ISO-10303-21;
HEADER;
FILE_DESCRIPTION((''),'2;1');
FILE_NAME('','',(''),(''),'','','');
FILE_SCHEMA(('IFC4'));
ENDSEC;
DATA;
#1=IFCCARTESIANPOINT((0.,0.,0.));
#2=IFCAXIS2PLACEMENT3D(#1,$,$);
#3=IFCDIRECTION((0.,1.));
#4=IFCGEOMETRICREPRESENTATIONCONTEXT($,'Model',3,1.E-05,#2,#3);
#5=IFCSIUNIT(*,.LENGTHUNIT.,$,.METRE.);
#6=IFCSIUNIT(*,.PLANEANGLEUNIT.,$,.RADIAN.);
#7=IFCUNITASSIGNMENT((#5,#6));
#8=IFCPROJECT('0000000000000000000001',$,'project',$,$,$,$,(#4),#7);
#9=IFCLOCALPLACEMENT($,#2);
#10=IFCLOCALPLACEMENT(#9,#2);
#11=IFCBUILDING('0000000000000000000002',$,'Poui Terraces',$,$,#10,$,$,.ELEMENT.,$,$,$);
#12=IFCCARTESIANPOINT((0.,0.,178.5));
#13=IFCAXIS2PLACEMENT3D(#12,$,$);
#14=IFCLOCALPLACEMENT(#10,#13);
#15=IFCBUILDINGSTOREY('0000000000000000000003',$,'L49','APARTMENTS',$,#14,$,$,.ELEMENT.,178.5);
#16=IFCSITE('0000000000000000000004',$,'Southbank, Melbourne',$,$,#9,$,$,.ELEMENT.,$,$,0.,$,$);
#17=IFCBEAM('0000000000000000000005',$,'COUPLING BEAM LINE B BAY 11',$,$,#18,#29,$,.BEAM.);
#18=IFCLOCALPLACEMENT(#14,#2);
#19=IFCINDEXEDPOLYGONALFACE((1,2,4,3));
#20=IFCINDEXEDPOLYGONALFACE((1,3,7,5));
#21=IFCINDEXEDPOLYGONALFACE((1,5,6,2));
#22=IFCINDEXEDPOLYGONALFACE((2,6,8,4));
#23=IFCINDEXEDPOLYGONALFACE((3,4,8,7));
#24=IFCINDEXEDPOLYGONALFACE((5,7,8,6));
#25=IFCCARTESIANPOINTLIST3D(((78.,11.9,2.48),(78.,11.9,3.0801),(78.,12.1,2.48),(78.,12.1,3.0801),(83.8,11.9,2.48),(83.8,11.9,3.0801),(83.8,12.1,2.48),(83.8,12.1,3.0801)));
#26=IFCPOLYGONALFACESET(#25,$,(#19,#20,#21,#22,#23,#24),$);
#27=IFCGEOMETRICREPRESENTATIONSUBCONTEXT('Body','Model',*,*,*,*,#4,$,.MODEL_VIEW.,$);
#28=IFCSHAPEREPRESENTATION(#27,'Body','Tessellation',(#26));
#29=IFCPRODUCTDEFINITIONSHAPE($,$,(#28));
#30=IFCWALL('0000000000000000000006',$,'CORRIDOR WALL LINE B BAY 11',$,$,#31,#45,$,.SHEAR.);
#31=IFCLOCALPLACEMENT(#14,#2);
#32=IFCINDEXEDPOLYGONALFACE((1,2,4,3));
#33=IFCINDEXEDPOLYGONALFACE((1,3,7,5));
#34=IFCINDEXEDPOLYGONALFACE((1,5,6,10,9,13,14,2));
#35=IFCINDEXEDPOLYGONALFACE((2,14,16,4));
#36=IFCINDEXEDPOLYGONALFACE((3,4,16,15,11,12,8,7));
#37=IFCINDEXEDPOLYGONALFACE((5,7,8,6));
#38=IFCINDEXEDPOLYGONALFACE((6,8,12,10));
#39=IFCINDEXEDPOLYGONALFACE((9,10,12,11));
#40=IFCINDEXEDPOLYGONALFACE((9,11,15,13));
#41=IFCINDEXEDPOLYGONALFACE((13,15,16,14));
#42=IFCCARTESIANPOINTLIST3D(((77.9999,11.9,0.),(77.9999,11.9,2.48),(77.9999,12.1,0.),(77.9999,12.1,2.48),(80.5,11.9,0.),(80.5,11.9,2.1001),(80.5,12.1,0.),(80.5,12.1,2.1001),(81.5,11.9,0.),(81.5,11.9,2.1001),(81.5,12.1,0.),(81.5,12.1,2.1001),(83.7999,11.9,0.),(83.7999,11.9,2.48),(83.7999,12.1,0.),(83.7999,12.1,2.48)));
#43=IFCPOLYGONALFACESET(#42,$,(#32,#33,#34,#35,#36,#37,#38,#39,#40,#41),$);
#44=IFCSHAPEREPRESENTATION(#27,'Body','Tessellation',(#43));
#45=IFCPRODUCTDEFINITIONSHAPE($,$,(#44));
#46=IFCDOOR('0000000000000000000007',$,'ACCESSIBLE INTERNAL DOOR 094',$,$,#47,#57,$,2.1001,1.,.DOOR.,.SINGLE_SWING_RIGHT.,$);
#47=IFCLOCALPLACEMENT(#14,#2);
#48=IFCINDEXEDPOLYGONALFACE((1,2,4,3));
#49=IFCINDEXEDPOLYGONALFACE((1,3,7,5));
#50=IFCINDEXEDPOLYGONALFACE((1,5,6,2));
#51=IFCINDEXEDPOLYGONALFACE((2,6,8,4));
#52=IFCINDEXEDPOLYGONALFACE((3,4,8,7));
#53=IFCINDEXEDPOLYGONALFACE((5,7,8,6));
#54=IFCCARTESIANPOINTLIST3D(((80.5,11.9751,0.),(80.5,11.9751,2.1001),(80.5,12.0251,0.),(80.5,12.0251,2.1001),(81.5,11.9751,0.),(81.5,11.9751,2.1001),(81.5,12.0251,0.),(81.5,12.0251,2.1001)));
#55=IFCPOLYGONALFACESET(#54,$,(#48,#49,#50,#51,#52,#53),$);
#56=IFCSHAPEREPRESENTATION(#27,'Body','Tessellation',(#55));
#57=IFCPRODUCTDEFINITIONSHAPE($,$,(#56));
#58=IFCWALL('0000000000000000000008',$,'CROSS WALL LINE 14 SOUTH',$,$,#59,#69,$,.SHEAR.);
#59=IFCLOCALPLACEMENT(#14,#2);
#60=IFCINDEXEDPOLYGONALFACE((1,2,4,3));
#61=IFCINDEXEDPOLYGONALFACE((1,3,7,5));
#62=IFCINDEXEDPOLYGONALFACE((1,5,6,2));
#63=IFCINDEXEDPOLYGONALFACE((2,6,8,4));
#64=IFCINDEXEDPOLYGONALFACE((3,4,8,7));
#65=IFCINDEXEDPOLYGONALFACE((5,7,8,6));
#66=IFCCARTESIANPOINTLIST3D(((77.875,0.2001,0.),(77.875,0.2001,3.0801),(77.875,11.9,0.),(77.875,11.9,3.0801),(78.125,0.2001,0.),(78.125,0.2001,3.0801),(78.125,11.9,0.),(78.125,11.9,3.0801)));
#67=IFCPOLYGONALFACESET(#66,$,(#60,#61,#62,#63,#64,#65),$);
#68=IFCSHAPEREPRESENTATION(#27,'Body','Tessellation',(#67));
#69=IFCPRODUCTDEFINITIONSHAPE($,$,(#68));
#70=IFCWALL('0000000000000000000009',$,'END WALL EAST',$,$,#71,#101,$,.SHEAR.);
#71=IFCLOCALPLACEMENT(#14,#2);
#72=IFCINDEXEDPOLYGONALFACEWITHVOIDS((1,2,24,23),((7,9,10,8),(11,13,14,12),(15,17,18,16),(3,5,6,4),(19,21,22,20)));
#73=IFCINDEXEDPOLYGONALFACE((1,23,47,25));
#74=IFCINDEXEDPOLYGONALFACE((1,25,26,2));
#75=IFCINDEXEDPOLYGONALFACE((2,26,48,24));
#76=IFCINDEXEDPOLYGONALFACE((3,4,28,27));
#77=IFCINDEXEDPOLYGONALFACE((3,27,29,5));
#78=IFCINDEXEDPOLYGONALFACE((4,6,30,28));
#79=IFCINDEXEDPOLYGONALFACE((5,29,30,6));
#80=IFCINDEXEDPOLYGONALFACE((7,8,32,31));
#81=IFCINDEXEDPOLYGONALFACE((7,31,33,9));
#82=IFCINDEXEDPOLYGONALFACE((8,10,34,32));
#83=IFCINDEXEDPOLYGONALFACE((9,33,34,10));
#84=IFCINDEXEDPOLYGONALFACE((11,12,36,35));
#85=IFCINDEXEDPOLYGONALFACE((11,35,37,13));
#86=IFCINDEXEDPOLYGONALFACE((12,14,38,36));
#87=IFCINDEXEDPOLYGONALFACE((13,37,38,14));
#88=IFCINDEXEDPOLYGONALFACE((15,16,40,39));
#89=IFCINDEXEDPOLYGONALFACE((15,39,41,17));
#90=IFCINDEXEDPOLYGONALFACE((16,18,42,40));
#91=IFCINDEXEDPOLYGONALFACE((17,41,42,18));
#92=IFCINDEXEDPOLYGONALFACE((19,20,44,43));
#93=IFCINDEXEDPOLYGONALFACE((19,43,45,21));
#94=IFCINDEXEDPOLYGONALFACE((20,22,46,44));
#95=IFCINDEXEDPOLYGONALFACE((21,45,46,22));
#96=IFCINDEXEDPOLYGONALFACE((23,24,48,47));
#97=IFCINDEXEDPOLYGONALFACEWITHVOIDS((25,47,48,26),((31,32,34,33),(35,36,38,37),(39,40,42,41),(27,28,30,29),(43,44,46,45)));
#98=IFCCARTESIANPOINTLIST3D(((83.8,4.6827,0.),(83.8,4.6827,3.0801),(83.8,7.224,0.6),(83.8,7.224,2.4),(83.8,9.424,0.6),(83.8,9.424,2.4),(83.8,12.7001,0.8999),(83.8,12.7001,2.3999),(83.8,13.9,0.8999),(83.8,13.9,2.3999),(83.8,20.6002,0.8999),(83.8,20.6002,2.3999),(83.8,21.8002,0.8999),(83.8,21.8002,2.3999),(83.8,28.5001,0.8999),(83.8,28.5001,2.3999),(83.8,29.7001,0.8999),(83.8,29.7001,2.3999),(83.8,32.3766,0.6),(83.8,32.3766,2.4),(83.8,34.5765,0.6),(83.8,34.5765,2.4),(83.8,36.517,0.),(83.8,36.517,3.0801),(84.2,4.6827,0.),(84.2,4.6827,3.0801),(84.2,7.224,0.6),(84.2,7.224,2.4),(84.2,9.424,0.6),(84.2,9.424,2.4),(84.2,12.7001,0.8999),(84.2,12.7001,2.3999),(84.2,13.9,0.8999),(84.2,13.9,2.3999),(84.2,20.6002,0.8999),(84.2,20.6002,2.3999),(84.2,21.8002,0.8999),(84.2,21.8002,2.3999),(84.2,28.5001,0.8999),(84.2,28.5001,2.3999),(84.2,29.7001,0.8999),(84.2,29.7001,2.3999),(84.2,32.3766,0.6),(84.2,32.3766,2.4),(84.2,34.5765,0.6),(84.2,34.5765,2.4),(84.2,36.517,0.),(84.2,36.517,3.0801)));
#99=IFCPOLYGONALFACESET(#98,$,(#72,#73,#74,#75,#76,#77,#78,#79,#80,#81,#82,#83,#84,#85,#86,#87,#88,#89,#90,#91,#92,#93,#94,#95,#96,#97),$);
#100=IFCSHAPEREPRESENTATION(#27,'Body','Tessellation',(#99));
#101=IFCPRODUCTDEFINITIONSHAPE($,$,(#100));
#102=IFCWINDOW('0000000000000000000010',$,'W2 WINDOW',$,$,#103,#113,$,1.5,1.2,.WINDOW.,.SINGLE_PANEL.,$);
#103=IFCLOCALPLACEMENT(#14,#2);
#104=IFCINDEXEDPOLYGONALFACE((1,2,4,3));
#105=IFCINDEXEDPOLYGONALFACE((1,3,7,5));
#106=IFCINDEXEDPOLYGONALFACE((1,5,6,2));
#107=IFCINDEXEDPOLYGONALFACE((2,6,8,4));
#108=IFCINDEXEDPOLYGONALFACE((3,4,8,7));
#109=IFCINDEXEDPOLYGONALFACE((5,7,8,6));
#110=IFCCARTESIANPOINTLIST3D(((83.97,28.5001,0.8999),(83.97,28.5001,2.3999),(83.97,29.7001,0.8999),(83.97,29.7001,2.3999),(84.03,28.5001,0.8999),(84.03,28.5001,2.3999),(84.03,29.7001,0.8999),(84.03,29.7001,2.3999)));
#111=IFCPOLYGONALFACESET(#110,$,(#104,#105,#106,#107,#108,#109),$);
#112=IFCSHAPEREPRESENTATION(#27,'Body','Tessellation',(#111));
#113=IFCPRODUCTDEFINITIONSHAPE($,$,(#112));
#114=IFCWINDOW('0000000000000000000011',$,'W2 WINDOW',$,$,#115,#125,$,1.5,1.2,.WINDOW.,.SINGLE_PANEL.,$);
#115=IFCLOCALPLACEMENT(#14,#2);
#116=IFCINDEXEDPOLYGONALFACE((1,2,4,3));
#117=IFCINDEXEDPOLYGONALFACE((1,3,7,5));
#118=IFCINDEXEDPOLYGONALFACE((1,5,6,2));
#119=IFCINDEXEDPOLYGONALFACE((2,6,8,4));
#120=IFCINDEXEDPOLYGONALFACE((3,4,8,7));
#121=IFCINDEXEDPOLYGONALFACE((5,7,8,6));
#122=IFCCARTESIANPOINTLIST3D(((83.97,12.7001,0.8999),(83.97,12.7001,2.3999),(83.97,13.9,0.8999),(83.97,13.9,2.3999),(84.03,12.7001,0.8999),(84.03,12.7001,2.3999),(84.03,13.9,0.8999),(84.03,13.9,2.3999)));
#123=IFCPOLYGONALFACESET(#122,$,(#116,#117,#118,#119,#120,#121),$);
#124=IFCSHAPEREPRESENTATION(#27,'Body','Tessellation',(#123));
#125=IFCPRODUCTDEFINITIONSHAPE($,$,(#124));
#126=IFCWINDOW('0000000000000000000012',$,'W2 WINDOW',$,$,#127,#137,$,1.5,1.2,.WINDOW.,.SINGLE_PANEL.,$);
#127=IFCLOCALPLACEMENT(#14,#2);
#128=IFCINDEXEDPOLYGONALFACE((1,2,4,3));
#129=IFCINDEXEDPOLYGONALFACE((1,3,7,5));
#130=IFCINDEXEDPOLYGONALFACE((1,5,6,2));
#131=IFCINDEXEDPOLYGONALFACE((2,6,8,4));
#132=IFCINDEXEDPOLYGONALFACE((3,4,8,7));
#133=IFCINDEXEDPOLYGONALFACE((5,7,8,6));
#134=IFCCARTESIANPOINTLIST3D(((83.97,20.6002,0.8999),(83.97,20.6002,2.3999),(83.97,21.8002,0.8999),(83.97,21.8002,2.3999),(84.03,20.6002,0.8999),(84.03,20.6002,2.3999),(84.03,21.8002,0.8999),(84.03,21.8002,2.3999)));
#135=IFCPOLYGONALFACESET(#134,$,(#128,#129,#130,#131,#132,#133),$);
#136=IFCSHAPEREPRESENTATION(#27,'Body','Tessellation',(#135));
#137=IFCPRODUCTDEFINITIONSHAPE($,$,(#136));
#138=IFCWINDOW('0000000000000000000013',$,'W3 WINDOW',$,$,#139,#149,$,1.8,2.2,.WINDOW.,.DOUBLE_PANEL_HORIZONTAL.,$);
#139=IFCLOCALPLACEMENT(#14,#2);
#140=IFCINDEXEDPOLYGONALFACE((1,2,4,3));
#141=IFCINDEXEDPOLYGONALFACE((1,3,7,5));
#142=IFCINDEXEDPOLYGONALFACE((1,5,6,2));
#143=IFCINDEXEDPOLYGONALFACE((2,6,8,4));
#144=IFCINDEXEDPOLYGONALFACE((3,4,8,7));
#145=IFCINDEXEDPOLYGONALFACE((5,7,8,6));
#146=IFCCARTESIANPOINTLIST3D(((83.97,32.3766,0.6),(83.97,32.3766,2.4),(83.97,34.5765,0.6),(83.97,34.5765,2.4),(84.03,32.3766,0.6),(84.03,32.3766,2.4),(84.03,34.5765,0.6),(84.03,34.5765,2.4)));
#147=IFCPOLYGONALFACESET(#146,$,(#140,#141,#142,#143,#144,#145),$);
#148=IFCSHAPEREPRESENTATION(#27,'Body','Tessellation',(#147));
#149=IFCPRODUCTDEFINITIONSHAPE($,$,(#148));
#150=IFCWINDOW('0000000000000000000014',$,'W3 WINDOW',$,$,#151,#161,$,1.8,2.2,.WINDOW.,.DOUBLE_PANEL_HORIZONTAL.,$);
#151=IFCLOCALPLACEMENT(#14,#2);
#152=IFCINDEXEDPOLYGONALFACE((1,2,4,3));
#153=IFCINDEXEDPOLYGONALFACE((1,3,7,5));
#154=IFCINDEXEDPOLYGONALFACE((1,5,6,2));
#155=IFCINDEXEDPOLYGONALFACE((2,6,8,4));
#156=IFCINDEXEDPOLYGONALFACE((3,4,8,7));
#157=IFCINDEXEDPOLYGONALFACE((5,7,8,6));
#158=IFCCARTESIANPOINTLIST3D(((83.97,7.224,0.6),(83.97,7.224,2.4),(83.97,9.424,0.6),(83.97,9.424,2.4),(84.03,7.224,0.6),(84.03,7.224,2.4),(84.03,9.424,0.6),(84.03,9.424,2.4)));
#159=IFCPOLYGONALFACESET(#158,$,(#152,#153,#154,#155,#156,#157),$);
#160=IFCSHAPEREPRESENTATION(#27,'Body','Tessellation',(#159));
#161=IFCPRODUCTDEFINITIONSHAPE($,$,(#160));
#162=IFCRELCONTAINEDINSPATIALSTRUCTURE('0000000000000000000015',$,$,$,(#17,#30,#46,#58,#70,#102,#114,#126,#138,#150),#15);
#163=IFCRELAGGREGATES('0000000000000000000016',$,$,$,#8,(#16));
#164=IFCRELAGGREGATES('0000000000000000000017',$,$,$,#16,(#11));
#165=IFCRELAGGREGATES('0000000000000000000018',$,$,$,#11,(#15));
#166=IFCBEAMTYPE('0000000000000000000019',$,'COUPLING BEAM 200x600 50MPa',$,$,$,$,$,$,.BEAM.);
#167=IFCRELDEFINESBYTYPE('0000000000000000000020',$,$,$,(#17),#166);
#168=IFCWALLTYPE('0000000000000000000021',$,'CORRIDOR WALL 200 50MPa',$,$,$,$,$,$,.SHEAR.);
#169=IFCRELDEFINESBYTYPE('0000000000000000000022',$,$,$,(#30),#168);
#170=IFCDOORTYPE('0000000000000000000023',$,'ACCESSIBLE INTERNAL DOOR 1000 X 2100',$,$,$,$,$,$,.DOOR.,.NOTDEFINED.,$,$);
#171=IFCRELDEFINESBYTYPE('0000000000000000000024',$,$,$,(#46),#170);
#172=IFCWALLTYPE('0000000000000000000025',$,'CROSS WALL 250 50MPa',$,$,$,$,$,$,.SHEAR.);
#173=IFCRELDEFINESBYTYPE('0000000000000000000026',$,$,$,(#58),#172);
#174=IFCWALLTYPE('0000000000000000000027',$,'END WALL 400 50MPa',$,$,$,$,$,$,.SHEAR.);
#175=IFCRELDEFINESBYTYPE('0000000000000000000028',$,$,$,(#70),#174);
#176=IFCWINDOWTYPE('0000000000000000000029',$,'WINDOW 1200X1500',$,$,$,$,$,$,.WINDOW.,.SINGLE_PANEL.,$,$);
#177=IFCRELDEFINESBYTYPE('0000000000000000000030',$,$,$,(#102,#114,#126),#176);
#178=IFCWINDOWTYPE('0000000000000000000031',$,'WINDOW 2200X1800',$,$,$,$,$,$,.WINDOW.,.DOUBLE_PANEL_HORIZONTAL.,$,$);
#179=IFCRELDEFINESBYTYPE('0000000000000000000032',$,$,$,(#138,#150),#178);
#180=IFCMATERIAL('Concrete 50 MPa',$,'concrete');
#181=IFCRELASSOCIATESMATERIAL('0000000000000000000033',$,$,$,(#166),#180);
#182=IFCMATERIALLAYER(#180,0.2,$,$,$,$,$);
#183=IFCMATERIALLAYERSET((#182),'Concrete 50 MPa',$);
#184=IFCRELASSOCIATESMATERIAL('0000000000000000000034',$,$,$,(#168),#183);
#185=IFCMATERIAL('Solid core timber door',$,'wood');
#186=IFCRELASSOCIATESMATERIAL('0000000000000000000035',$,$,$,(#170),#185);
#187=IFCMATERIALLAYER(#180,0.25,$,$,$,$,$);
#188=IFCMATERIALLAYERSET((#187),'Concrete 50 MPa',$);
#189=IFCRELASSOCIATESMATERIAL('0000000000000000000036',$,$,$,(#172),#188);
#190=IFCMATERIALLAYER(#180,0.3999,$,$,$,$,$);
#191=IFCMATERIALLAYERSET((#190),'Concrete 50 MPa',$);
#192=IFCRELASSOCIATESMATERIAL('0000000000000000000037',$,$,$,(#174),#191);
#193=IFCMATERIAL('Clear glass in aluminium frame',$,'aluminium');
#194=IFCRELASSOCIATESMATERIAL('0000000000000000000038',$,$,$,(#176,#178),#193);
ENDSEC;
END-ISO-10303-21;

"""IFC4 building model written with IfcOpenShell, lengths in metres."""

from ifc_helpers import new_model, si_unit, direction, frame, frame_2d, origin, origin_2d, place, context, subcontext, project, spatial, rectangle, extrude, source, transform, mapped, material, layer, layer_set, material_profile, profile_set, type_object, element, fill, save


model = new_model("IFC4")

# Units and contexts
model_context = context("Model", 3, precision=1e-05, world=origin(), true_north=direction((0.0, 1.0)))
body_context = subcontext(model_context, "Body", "Model", "MODEL_VIEW")
ifc_project = project(units=[si_unit("LENGTHUNIT", "METRE"), si_unit("PLANEANGLEUNIT", "RADIAN")], contexts=[model_context])

# Site, building, storey
site_placement = place(None, origin())
site = spatial("IfcSite", under=ifc_project, at=site_placement, Name="Southbank, Melbourne", CompositionType="ELEMENT", RefElevation=0.0)
building_placement = place(site_placement, origin())
building = spatial("IfcBuilding", under=site, at=building_placement, Name="Poui Terraces", CompositionType="ELEMENT")
storey_placement = place(building_placement, frame((0.0, 0.0, 178.5)))
storey = spatial("IfcBuildingStorey", under=building, at=storey_placement, Name="L49", Description="APARTMENTS", CompositionType="ELEMENT", Elevation=178.5)

# Beam
ifc_material_1 = material(Name="Concrete 50 MPa", Category="concrete")
ifc_material_profile_1 = material_profile(ifc_material_1, rectangle(XDim=0.2, YDim=0.6001, at=origin_2d()), Name="RC 200x600")
ifc_profile_set_1 = profile_set([ifc_material_profile_1], Name="Concrete 50 MPa")
beam_type = type_object("IfcBeamType", Name="COUPLING BEAM 200x600 50MPa", PredefinedType="BEAM", material=ifc_profile_set_1)
shared_shape_1 = source(origin(), body_context, "Body", "SweptSolid", [
    extrude(rectangle(XDim=0.2, YDim=0.6001, at=origin_2d()), origin(), (0.0, 0.0, 1.0), 5.8),
])
beam_placement = place(storey_placement, frame((78.0, 12.0, 2.78), z_axis=(1.0, 0.0, 0.0), x_axis=(0.0, 1.0, 0.0)))
element("IfcBeam", 1, at=beam_placement, inside=storey, type_object=beam_type, Name="COUPLING BEAM LINE B BAY 11", PredefinedType="BEAM", context=body_context, shape_type="MappedRepresentation", body=[
    mapped(shared_shape_1, transform((0.0, 0.0, 0.0))),
])

# Wall, opening, door
ifc_layer_1 = layer(ifc_material_1, 0.2)
ifc_layer_set_1 = layer_set([ifc_layer_1], Name="Concrete 50 MPa")
wall_type_1 = type_object("IfcWallType", Name="CORRIDOR WALL 200 50MPa", PredefinedType="SHEAR", material=ifc_layer_set_1)
wall_1_placement = place(storey_placement, frame((78.0, 12.0, 0.0), z_axis=(0.0, 0.0, 1.0), x_axis=(1.0, 0.0, 0.0)))
wall_1 = element("IfcWall", 2, at=wall_1_placement, inside=storey, type_object=wall_type_1, Name="CORRIDOR WALL LINE B BAY 11", PredefinedType="SHEAR", context=body_context, shape_type="SweptSolid", body=[
    extrude(rectangle(XDim=5.8, YDim=0.2, at=frame_2d((2.8999, 0.0))), origin(), (0.0, 0.0, 1.0), 2.48),
])
opening_1_placement = place(wall_1_placement, frame((2.5, 0.0, 0.0)))
opening_1 = element("IfcOpeningElement", 3, at=opening_1_placement, cuts=wall_1, PredefinedType="OPENING", context=body_context, shape_type="SweptSolid", body=[
    extrude(rectangle(XDim=1.0, YDim=2.1001, at=frame_2d((0.5, 1.05))), frame((0.0, 0.1099, 0.0), z_axis=(0.0, -1.0, 0.0), x_axis=(1.0, 0.0, 0.0)), (0.0, 0.0, 1.0), 0.22),
])
ifc_material_2 = material(Name="Solid core timber door", Category="wood")
door_type_1 = type_object("IfcDoorType", Name="ACCESSIBLE INTERNAL DOOR 1000 X 2100", OperationType="NOTDEFINED", PredefinedType="DOOR", material=ifc_material_2)
door_1_placement = place(opening_1_placement, frame((1.0, 0.0, 0.0), z_axis=(0.0, 0.0, 1.0), x_axis=(-1.0, 0.0, 0.0)))
door_1 = element("IfcDoor", 4, at=door_1_placement, inside=storey, type_object=door_type_1, Name="ACCESSIBLE INTERNAL DOOR 094", OperationType="SINGLE_SWING_RIGHT", OverallHeight=2.1001, OverallWidth=1.0, PredefinedType="DOOR", context=body_context, shape_type="SweptSolid", body=[
    extrude(rectangle(XDim=1.0, YDim=2.1001, at=frame_2d((0.5, 1.05))), frame((0.0, 0.0249, 0.0), z_axis=(0.0, -1.0, 0.0), x_axis=(1.0, 0.0, 0.0)), (0.0, 0.0, 1.0), 0.05),
])
fill(opening_1, door_1)

# Wall
ifc_layer_2 = layer(ifc_material_1, 0.25)
ifc_layer_set_2 = layer_set([ifc_layer_2], Name="Concrete 50 MPa")
wall_type_2 = type_object("IfcWallType", Name="CROSS WALL 250 50MPa", PredefinedType="SHEAR", material=ifc_layer_set_2)
wall_2_placement = place(storey_placement, frame((78.0, 0.2, 0.0), z_axis=(0.0, 0.0, 1.0), x_axis=(0.0, 1.0, 0.0)))
element("IfcWall", 5, at=wall_2_placement, inside=storey, type_object=wall_type_2, Name="CROSS WALL LINE 14 SOUTH", PredefinedType="SHEAR", context=body_context, shape_type="SweptSolid", body=[
    extrude(rectangle(XDim=11.7, YDim=0.25, at=frame_2d((5.8501, 0.0))), origin(), (0.0, 0.0, 1.0), 3.0801),
])

# Wall, openings, windows
ifc_layer_3 = layer(ifc_material_1, 0.3999)
ifc_layer_set_3 = layer_set([ifc_layer_3], Name="Concrete 50 MPa")
wall_type_3 = type_object("IfcWallType", Name="END WALL 400 50MPa", PredefinedType="SHEAR", material=ifc_layer_set_3)
wall_3_placement = place(storey_placement, frame((84.0, 4.6829, 0.0), z_axis=(0.0, 0.0, 1.0), x_axis=(0.0, 1.0, 0.0)))
wall_3 = element("IfcWall", 6, at=wall_3_placement, inside=storey, type_object=wall_type_3, Name="END WALL EAST", PredefinedType="SHEAR", context=body_context, shape_type="SweptSolid", body=[
    extrude(rectangle(XDim=31.8342, YDim=0.3999, at=frame_2d((15.917, 0.0))), origin(), (0.0, 0.0, 1.0), 3.0801),
])
opening_2_placement = place(wall_3_placement, frame((23.8171, 0.0, 0.8999)))
opening_2 = element("IfcOpeningElement", 7, at=opening_2_placement, cuts=wall_3, PredefinedType="OPENING", context=body_context, shape_type="SweptSolid", body=[
    extrude(rectangle(XDim=1.2, YDim=1.5, at=frame_2d((0.6001, 0.75))), frame((0.0, 0.21, 0.0), z_axis=(0.0, -1.0, 0.0), x_axis=(1.0, 0.0, 0.0)), (0.0, 0.0, 1.0), 0.4199),
])
opening_3_placement = place(wall_3_placement, frame((8.0171, 0.0, 0.8999)))
opening_3 = element("IfcOpeningElement", 8, at=opening_3_placement, cuts=wall_3, PredefinedType="OPENING", context=body_context, shape_type="SweptSolid", body=[
    extrude(rectangle(XDim=1.2, YDim=1.5, at=frame_2d((0.6001, 0.75))), frame((0.0, 0.21, 0.0), z_axis=(0.0, -1.0, 0.0), x_axis=(1.0, 0.0, 0.0)), (0.0, 0.0, 1.0), 0.4199),
])
opening_4_placement = place(wall_3_placement, frame((27.6936, 0.0, 0.6001)))
opening_4 = element("IfcOpeningElement", 9, at=opening_4_placement, cuts=wall_3, PredefinedType="OPENING", context=body_context, shape_type="SweptSolid", body=[
    extrude(rectangle(XDim=2.2, YDim=1.8, at=frame_2d((1.1001, 0.8999))), frame((0.0, 0.21, 0.0), z_axis=(0.0, -1.0, 0.0), x_axis=(1.0, 0.0, 0.0)), (0.0, 0.0, 1.0), 0.4199),
])
opening_5_placement = place(wall_3_placement, frame((2.541, 0.0, 0.6001)))
opening_5 = element("IfcOpeningElement", 10, at=opening_5_placement, cuts=wall_3, PredefinedType="OPENING", context=body_context, shape_type="SweptSolid", body=[
    extrude(rectangle(XDim=2.2, YDim=1.8, at=frame_2d((1.1001, 0.8999))), frame((0.0, 0.21, 0.0), z_axis=(0.0, -1.0, 0.0), x_axis=(1.0, 0.0, 0.0)), (0.0, 0.0, 1.0), 0.4199),
])
opening_6_placement = place(wall_3_placement, frame((15.9172, 0.0, 0.8999)))
opening_6 = element("IfcOpeningElement", 11, at=opening_6_placement, cuts=wall_3, PredefinedType="OPENING", context=body_context, shape_type="SweptSolid", body=[
    extrude(rectangle(XDim=1.2, YDim=1.5, at=frame_2d((0.6001, 0.75))), frame((0.0, 0.21, 0.0), z_axis=(0.0, -1.0, 0.0), x_axis=(1.0, 0.0, 0.0)), (0.0, 0.0, 1.0), 0.4199),
])
ifc_material_3 = material(Name="Clear glass in aluminium frame", Category="aluminium")
window_type_1 = type_object("IfcWindowType", Name="WINDOW 1200X1500", PartitioningType="SINGLE_PANEL", PredefinedType="WINDOW", material=ifc_material_3)
window_1_placement = place(opening_2_placement, origin())
window_1 = element("IfcWindow", 12, at=window_1_placement, inside=storey, type_object=window_type_1, Name="W2 WINDOW", OverallHeight=1.5, OverallWidth=1.2, PartitioningType="SINGLE_PANEL", PredefinedType="WINDOW", context=body_context, shape_type="SweptSolid", body=[
    extrude(rectangle(XDim=1.2, YDim=1.5, at=frame_2d((0.6001, 0.75))), frame((0.0, 0.03, 0.0), z_axis=(0.0, -1.0, 0.0), x_axis=(1.0, 0.0, 0.0)), (0.0, 0.0, 1.0), 0.0601),
])
fill(opening_2, window_1)
window_2_placement = place(opening_3_placement, origin())
window_2 = element("IfcWindow", 13, at=window_2_placement, inside=storey, type_object=window_type_1, Name="W2 WINDOW", OverallHeight=1.5, OverallWidth=1.2, PartitioningType="SINGLE_PANEL", PredefinedType="WINDOW", context=body_context, shape_type="SweptSolid", body=[
    extrude(rectangle(XDim=1.2, YDim=1.5, at=frame_2d((0.6001, 0.75))), frame((0.0, 0.03, 0.0), z_axis=(0.0, -1.0, 0.0), x_axis=(1.0, 0.0, 0.0)), (0.0, 0.0, 1.0), 0.0601),
])
fill(opening_3, window_2)
window_3_placement = place(opening_6_placement, origin())
window_3 = element("IfcWindow", 14, at=window_3_placement, inside=storey, type_object=window_type_1, Name="W2 WINDOW", OverallHeight=1.5, OverallWidth=1.2, PartitioningType="SINGLE_PANEL", PredefinedType="WINDOW", context=body_context, shape_type="SweptSolid", body=[
    extrude(rectangle(XDim=1.2, YDim=1.5, at=frame_2d((0.6001, 0.75))), frame((0.0, 0.03, 0.0), z_axis=(0.0, -1.0, 0.0), x_axis=(1.0, 0.0, 0.0)), (0.0, 0.0, 1.0), 0.0601),
])
fill(opening_6, window_3)
window_type_2 = type_object("IfcWindowType", Name="WINDOW 2200X1800", PartitioningType="DOUBLE_PANEL_HORIZONTAL", PredefinedType="WINDOW", material=ifc_material_3)
window_4_placement = place(opening_4_placement, origin())
window_4 = element("IfcWindow", 15, at=window_4_placement, inside=storey, type_object=window_type_2, Name="W3 WINDOW", OverallHeight=1.8, OverallWidth=2.2, PartitioningType="DOUBLE_PANEL_HORIZONTAL", PredefinedType="WINDOW", context=body_context, shape_type="SweptSolid", body=[
    extrude(rectangle(XDim=2.2, YDim=1.8, at=frame_2d((1.1001, 0.8999))), frame((0.0, 0.03, 0.0), z_axis=(0.0, -1.0, 0.0), x_axis=(1.0, 0.0, 0.0)), (0.0, 0.0, 1.0), 0.0601),
])
fill(opening_4, window_4)
window_5_placement = place(opening_5_placement, origin())
window_5 = element("IfcWindow", 16, at=window_5_placement, inside=storey, type_object=window_type_2, Name="W3 WINDOW", OverallHeight=1.8, OverallWidth=2.2, PartitioningType="DOUBLE_PANEL_HORIZONTAL", PredefinedType="WINDOW", context=body_context, shape_type="SweptSolid", body=[
    extrude(rectangle(XDim=2.2, YDim=1.8, at=frame_2d((1.1001, 0.8999))), frame((0.0, 0.03, 0.0), z_axis=(0.0, -1.0, 0.0), x_axis=(1.0, 0.0, 0.0)), (0.0, 0.0, 1.0), 0.0601),
])
fill(opening_5, window_5)

save(model, "model.ifc")
